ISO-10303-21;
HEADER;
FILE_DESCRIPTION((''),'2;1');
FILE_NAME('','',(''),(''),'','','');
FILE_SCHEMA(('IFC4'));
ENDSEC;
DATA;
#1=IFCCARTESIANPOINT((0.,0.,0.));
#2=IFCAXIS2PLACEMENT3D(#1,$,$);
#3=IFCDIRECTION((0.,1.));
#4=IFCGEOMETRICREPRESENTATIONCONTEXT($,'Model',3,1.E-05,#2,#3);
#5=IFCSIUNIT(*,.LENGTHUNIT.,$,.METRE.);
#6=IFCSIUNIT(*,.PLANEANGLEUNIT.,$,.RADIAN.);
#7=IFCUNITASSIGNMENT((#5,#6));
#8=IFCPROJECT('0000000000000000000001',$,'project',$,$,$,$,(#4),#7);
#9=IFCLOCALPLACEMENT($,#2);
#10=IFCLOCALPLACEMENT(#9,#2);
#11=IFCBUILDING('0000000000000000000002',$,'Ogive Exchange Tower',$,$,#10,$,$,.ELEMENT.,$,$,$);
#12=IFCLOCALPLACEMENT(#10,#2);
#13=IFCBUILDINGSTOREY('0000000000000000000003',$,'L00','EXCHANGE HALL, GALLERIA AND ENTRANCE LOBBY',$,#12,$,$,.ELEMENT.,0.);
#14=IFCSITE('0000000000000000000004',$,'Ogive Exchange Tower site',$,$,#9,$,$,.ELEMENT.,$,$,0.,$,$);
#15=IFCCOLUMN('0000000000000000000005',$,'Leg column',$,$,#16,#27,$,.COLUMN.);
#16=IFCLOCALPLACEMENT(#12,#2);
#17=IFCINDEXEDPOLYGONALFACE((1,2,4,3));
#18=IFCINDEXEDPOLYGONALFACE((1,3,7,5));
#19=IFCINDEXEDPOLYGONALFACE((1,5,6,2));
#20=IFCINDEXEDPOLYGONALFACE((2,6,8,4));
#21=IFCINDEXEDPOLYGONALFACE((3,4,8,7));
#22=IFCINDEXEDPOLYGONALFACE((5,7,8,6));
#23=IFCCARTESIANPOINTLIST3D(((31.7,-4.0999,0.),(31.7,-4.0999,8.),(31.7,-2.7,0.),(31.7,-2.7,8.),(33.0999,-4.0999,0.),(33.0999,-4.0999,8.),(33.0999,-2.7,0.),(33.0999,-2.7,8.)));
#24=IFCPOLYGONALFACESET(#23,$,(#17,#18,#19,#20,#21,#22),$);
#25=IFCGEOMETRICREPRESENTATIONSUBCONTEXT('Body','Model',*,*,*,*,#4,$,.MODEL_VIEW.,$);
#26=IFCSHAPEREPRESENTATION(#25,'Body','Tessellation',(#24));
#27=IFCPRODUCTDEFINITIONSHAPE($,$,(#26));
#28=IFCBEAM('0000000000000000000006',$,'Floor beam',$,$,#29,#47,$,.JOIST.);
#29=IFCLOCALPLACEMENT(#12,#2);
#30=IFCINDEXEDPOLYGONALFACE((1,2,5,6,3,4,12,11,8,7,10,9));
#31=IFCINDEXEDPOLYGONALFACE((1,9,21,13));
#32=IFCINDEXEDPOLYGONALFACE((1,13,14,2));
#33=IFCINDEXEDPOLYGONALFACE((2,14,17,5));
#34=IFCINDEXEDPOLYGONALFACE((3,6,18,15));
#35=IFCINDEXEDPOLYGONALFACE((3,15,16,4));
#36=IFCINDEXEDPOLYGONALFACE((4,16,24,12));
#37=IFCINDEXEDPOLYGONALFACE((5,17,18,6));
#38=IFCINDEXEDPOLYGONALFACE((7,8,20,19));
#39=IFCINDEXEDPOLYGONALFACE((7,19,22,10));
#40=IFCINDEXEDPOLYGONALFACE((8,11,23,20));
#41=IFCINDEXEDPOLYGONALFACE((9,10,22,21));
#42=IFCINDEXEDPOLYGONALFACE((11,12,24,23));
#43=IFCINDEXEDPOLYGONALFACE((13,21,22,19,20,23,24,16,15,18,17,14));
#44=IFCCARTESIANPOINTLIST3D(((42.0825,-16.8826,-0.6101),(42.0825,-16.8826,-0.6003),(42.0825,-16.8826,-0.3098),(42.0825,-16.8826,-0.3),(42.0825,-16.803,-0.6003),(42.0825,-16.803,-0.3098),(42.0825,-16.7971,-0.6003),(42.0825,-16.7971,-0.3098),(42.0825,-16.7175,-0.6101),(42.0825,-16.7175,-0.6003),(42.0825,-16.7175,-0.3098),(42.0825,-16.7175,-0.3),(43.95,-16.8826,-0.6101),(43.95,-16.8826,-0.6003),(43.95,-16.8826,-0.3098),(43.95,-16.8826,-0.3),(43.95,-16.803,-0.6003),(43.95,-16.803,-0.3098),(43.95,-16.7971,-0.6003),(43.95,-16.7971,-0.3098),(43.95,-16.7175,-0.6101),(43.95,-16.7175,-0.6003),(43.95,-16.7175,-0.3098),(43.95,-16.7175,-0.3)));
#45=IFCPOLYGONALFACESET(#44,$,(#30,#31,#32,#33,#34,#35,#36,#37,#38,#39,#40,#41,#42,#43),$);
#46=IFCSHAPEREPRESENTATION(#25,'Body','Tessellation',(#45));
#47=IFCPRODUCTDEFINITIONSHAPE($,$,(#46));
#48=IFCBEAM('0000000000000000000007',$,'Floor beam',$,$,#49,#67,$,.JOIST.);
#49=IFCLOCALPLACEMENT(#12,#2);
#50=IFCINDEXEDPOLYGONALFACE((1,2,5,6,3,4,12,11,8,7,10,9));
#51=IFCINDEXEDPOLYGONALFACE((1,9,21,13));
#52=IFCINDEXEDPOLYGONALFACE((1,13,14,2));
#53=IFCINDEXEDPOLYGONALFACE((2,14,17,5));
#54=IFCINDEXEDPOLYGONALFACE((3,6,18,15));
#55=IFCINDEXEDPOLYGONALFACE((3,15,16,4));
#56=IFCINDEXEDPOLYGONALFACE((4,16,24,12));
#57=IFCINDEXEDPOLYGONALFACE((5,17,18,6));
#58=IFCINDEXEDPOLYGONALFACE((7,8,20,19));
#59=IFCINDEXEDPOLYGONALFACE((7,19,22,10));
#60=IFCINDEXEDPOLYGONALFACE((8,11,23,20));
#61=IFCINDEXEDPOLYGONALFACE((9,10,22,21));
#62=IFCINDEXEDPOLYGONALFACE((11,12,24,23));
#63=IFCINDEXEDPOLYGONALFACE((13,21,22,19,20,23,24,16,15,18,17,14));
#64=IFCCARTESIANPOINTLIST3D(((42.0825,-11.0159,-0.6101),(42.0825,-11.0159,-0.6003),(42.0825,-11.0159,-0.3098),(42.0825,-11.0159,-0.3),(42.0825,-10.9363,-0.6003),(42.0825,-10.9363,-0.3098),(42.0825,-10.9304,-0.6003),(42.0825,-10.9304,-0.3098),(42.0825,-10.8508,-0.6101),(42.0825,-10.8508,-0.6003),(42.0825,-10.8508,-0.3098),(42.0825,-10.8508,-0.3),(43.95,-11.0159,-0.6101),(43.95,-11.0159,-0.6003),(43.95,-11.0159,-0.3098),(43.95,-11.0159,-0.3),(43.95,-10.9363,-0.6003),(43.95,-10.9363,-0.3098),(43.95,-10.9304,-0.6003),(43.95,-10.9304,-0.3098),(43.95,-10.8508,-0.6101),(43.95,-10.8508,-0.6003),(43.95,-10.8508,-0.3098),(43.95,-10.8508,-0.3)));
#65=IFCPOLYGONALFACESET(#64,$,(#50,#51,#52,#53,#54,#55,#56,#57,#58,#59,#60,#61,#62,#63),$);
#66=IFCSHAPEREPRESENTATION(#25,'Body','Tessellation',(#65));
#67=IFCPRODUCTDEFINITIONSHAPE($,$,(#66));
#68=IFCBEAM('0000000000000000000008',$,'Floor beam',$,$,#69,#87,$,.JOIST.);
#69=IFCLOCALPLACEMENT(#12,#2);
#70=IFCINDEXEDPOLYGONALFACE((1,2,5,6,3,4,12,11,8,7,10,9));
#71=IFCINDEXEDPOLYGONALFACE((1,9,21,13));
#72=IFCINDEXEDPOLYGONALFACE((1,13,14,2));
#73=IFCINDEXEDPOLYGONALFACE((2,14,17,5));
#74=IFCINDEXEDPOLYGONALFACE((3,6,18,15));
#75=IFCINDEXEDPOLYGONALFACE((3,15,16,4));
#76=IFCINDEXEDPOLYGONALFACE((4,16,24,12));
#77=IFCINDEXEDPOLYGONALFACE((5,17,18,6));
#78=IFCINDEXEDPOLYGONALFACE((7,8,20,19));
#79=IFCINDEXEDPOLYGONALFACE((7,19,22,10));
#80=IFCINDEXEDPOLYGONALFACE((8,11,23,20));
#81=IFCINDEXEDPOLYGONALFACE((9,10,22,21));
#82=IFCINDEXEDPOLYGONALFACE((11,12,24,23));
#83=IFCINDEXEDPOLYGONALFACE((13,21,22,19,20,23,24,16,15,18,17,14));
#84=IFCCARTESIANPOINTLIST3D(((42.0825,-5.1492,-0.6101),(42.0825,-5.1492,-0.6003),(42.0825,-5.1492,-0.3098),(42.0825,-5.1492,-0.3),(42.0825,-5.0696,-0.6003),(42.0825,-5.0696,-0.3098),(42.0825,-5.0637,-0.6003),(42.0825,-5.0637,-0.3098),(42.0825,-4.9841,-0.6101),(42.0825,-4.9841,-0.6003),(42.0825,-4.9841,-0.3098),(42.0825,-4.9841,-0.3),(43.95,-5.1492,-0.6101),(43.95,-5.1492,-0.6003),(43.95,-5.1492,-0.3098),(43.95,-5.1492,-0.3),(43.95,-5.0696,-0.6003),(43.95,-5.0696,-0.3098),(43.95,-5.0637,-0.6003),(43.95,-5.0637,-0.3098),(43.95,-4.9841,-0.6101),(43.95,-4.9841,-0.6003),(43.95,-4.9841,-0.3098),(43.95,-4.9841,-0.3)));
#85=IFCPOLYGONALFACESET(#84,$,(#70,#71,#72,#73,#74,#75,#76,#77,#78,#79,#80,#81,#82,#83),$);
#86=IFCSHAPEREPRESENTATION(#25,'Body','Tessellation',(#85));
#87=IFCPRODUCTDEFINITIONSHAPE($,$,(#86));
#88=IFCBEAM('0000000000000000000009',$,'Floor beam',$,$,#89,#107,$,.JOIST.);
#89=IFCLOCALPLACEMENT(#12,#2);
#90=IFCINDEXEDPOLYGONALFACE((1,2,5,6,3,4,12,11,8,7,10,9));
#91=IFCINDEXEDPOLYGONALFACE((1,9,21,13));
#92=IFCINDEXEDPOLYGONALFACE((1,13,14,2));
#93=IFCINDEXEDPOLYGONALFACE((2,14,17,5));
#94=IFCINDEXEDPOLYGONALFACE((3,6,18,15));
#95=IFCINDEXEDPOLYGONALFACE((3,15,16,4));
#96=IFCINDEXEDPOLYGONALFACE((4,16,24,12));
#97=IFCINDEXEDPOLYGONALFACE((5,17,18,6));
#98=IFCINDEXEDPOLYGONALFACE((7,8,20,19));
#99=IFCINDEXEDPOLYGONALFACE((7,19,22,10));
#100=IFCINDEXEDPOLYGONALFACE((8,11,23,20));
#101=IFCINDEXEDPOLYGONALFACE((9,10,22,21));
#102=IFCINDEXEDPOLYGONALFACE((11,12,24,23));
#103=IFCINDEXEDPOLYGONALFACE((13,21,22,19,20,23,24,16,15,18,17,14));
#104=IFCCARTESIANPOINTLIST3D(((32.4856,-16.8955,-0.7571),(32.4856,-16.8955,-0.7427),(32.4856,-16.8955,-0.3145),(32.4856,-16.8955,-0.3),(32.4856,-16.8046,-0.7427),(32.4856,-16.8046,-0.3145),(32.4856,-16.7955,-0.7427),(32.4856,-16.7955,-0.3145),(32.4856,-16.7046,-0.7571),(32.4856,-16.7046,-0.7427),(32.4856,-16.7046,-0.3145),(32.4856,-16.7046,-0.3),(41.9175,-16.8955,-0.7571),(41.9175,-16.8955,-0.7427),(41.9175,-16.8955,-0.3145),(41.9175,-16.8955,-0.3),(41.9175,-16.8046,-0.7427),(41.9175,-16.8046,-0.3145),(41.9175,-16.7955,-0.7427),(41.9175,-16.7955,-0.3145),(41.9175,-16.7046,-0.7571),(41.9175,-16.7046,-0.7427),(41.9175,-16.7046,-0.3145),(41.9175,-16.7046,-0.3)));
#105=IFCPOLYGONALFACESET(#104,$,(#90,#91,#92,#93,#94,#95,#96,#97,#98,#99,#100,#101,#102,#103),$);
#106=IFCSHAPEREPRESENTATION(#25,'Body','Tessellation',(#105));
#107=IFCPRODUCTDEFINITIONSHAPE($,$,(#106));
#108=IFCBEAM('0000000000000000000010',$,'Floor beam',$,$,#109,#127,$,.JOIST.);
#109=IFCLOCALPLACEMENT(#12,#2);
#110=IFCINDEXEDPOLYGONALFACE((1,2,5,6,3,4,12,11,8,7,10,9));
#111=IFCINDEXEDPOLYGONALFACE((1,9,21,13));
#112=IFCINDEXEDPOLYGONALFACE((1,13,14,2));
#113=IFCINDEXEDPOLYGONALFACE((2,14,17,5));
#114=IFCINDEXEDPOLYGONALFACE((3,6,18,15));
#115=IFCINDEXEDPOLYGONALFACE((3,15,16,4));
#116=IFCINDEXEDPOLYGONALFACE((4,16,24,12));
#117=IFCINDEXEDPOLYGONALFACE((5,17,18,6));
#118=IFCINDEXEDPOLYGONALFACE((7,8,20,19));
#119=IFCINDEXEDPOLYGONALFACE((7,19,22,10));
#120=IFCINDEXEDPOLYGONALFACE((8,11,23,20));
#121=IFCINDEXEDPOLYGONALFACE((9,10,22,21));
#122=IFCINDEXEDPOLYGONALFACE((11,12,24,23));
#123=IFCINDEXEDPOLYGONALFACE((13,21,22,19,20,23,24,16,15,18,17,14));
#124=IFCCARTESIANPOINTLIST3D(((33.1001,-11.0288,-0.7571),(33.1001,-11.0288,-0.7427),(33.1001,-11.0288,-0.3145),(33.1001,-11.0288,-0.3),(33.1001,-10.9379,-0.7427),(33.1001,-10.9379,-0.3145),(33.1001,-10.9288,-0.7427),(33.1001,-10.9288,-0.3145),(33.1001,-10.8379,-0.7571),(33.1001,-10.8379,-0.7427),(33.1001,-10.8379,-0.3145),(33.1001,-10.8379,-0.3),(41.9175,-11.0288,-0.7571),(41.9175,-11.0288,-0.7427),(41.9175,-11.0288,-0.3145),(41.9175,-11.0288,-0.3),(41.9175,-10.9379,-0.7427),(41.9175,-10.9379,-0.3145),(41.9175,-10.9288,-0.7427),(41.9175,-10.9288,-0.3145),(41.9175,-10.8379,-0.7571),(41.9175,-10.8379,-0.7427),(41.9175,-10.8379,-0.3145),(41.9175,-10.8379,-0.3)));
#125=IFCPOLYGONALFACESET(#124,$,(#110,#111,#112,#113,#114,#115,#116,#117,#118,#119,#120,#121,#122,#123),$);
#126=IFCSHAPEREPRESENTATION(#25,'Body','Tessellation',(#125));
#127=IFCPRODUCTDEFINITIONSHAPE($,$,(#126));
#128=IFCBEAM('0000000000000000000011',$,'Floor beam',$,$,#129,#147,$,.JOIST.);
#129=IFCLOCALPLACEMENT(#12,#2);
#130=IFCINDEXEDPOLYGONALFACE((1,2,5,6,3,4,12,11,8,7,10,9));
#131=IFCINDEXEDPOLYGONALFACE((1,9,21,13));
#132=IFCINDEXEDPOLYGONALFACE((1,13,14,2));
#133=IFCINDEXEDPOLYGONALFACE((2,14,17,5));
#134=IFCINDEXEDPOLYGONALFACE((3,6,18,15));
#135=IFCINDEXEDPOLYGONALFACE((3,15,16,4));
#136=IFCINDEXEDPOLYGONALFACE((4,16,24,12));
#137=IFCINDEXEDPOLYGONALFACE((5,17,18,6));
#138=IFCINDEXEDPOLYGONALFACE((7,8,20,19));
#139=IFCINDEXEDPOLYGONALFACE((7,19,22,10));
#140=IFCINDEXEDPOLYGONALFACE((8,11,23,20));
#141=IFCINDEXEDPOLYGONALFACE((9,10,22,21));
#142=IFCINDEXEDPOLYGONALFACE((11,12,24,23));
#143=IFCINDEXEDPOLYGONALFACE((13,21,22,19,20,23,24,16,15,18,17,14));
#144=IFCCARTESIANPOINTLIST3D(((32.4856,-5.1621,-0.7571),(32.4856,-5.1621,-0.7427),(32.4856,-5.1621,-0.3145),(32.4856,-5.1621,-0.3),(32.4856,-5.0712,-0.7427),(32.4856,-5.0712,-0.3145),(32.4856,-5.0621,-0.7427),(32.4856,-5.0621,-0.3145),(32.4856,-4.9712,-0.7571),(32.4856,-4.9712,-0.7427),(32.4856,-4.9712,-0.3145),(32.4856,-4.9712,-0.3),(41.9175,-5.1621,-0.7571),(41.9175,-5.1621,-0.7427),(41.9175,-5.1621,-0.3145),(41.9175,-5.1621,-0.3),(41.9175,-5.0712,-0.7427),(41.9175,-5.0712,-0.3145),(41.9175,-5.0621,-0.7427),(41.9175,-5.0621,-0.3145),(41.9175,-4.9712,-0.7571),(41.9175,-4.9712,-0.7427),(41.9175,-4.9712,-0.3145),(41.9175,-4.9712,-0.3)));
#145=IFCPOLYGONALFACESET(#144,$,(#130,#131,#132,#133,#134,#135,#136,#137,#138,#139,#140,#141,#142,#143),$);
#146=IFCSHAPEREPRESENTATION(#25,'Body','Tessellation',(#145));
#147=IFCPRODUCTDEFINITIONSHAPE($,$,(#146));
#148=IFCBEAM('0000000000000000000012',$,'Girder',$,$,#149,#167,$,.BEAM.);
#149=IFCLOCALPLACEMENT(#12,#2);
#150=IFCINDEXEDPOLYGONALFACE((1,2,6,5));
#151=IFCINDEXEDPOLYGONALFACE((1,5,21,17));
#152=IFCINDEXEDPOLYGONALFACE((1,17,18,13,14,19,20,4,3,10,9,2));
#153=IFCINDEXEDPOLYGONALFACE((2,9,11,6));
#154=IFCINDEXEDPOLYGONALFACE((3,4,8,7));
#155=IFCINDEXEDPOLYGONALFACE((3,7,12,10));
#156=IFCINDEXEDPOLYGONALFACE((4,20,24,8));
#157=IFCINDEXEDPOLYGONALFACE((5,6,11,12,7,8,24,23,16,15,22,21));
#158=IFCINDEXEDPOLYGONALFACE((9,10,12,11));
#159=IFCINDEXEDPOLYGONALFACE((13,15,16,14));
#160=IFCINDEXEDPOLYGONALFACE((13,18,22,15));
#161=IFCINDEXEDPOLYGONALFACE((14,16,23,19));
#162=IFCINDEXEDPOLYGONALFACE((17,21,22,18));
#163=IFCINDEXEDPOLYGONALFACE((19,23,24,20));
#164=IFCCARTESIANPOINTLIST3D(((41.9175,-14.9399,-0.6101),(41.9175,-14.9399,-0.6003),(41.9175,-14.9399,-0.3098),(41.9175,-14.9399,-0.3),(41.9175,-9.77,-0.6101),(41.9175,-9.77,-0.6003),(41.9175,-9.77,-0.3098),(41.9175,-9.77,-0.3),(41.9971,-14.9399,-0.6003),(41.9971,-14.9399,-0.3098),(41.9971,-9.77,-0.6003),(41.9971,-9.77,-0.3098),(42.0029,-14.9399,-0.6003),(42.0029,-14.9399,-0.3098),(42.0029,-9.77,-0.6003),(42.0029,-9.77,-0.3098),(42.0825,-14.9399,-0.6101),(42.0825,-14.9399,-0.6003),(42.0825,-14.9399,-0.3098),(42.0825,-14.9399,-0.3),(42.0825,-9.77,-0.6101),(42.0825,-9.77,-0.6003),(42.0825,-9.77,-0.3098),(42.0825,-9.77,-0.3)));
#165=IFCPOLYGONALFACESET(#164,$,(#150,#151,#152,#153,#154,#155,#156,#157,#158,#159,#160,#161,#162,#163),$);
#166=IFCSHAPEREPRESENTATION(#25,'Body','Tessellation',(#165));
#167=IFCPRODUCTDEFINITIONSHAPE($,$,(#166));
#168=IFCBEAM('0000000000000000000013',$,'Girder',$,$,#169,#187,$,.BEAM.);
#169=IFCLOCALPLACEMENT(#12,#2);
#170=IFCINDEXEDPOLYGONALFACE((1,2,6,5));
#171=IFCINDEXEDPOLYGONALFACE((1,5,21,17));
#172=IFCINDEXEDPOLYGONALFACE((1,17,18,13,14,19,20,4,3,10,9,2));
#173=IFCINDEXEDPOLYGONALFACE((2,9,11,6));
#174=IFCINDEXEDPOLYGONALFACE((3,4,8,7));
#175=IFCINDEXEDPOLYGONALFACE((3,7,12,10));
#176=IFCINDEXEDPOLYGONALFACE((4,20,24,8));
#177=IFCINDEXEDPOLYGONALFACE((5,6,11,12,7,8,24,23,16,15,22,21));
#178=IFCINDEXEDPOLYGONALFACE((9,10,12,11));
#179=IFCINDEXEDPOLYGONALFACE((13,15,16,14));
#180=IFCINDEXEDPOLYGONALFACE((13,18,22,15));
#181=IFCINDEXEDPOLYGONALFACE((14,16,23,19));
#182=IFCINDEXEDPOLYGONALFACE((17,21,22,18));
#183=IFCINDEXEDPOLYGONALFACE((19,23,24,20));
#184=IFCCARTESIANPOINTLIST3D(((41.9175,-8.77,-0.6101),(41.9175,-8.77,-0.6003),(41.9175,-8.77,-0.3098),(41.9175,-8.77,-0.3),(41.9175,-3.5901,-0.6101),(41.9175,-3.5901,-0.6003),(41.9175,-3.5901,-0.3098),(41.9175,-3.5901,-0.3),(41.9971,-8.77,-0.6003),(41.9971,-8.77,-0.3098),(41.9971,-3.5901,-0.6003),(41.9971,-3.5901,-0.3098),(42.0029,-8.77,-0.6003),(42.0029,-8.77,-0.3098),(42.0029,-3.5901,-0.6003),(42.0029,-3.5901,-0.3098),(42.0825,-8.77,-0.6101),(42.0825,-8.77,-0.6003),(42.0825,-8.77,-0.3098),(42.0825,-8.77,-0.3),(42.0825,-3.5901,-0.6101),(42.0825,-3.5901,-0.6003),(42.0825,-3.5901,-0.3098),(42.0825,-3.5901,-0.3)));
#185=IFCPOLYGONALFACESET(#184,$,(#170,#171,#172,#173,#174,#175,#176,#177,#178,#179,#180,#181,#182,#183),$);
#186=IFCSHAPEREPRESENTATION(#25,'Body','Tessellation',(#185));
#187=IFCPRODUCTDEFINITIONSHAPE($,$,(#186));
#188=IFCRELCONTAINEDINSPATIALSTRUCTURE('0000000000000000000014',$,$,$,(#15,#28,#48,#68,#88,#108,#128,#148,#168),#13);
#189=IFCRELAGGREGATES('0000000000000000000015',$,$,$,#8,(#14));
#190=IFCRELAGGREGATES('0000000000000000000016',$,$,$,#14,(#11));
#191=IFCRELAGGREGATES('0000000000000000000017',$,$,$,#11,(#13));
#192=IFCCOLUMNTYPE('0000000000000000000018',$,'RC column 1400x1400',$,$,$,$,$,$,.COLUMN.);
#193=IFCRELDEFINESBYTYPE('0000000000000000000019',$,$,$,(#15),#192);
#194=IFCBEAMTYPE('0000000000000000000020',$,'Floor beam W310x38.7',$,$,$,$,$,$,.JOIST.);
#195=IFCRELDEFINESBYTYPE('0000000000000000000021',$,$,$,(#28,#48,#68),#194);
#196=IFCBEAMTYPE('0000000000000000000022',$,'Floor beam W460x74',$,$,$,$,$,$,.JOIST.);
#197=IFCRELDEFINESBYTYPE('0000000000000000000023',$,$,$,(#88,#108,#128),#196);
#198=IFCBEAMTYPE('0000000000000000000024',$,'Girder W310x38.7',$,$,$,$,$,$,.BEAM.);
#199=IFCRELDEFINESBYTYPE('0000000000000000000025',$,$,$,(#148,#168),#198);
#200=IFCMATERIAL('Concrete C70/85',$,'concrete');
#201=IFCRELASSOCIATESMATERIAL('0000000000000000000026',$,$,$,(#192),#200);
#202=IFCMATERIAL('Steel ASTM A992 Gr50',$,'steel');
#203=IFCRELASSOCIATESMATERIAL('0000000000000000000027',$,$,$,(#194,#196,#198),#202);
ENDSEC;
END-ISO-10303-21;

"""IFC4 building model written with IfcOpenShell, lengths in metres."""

from ifc_helpers import new_model, si_unit, direction, frame, origin, origin_2d, place, context, subcontext, project, spatial, rectangle, i_section, extrude, material, material_profile, profile_set, type_object, element, save


model = new_model("IFC4")

# Units and contexts
model_context = context("Model", 3, precision=1e-05, world=origin(), true_north=direction((0.0, 1.0)))
body_context = subcontext(model_context, "Body", "Model", "MODEL_VIEW")
ifc_project = project(units=[si_unit("LENGTHUNIT", "METRE"), si_unit("PLANEANGLEUNIT", "RADIAN")], contexts=[model_context])

# Site, building, storey
site_placement = place(None, origin())
site = spatial("IfcSite", under=ifc_project, at=site_placement, Name="Ogive Exchange Tower site", CompositionType="ELEMENT", RefElevation=0.0)
building_placement = place(site_placement, origin())
building = spatial("IfcBuilding", under=site, at=building_placement, Name="Ogive Exchange Tower", CompositionType="ELEMENT")
storey_placement = place(building_placement, origin())
storey = spatial("IfcBuildingStorey", under=building, at=storey_placement, Name="L00", Description="EXCHANGE HALL, GALLERIA AND ENTRANCE LOBBY", CompositionType="ELEMENT", Elevation=0.0)

# Column
ifc_material_1 = material(Name="Concrete C70/85", Category="concrete")
ifc_material_profile_1 = material_profile(ifc_material_1, rectangle(XDim=1.3999, YDim=1.3999, at=origin_2d()), Name="RC 1400x1400")
ifc_profile_set_1 = profile_set([ifc_material_profile_1], Name="Concrete C70/85")
column_type_1 = type_object("IfcColumnType", Name="RC column 1400x1400", PredefinedType="COLUMN", material=ifc_profile_set_1)
for number, where, z_axis, x_axis, name in (
    (1, (32.3999, -3.3999, 0.0), (0.0, 0.0, 1.0), (1.0, 0.0, 0.0), "Leg column"),
):
    element("IfcColumn", number, at=place(storey_placement, frame(where, z_axis=z_axis, x_axis=x_axis)), inside=storey, type_object=column_type_1, Name=name, PredefinedType="COLUMN", context=body_context, shape_type="SweptSolid", body=[
        extrude(rectangle(XDim=1.3999, YDim=1.3999, at=origin_2d()), origin(), (0.0, 0.0, 1.0), 8.0),
    ])

# Beams
ifc_material_2 = material(Name="Steel ASTM A992 Gr50", Category="steel")
ifc_material_profile_2 = material_profile(ifc_material_2, i_section(OverallWidth=0.165, OverallDepth=0.3101, WebThickness=0.0059, FlangeThickness=0.0098, at=origin_2d()), Name="W310x38.7")
ifc_profile_set_2 = profile_set([ifc_material_profile_2], Name="Steel ASTM A992 Gr50")
beam_type_1 = type_object("IfcBeamType", Name="Floor beam W310x38.7", PredefinedType="JOIST", material=ifc_profile_set_2)
for number, where, z_axis, x_axis, name in (
    (2, (42.0825, -16.8, -0.4551), (1.0, 0.0, 0.0), (0.0, 1.0, 0.0), "Floor beam"),
    (3, (42.0825, -10.9333, -0.4551), (1.0, 0.0, 0.0), (0.0, 1.0, 0.0), "Floor beam"),
    (4, (42.0825, -5.0667, -0.4551), (1.0, 0.0, 0.0), (0.0, 1.0, 0.0), "Floor beam"),
):
    element("IfcBeam", number, at=place(storey_placement, frame(where, z_axis=z_axis, x_axis=x_axis)), inside=storey, type_object=beam_type_1, Name=name, PredefinedType="JOIST", context=body_context, shape_type="SweptSolid", body=[
        extrude(i_section(OverallWidth=0.165, OverallDepth=0.3101, WebThickness=0.0059, FlangeThickness=0.0098, at=origin_2d()), origin(), (0.0, 0.0, 1.0), 1.8674),
    ])
ifc_material_profile_3 = material_profile(ifc_material_2, i_section(OverallWidth=0.1909, OverallDepth=0.457, WebThickness=0.009, FlangeThickness=0.0144, at=origin_2d()), Name="W460x74")
ifc_profile_set_3 = profile_set([ifc_material_profile_3], Name="Steel ASTM A992 Gr50")
beam_type_2 = type_object("IfcBeamType", Name="Floor beam W460x74", PredefinedType="JOIST", material=ifc_profile_set_3)
beam_1_placement = place(storey_placement, frame((32.4856, -16.8, -0.5286), z_axis=(1.0, 0.0, 0.0), x_axis=(0.0, 1.0, 0.0)))
element("IfcBeam", 5, at=beam_1_placement, inside=storey, type_object=beam_type_2, Name="Floor beam", PredefinedType="JOIST", context=body_context, shape_type="SweptSolid", body=[
    extrude(i_section(OverallWidth=0.1909, OverallDepth=0.457, WebThickness=0.009, FlangeThickness=0.0144, at=origin_2d()), origin(), (0.0, 0.0, 1.0), 9.4319),
])
beam_2_placement = place(storey_placement, frame((33.1001, -10.9333, -0.5286), z_axis=(1.0, 0.0, 0.0), x_axis=(0.0, 1.0, 0.0)))
element("IfcBeam", 6, at=beam_2_placement, inside=storey, type_object=beam_type_2, Name="Floor beam", PredefinedType="JOIST", context=body_context, shape_type="SweptSolid", body=[
    extrude(i_section(OverallWidth=0.1909, OverallDepth=0.457, WebThickness=0.009, FlangeThickness=0.0144, at=origin_2d()), origin(), (0.0, 0.0, 1.0), 8.8174),
])
beam_3_placement = place(storey_placement, frame((32.4856, -5.0667, -0.5286), z_axis=(1.0, 0.0, 0.0), x_axis=(0.0, 1.0, 0.0)))
element("IfcBeam", 7, at=beam_3_placement, inside=storey, type_object=beam_type_2, Name="Floor beam", PredefinedType="JOIST", context=body_context, shape_type="SweptSolid", body=[
    extrude(i_section(OverallWidth=0.1909, OverallDepth=0.457, WebThickness=0.009, FlangeThickness=0.0144, at=origin_2d()), origin(), (0.0, 0.0, 1.0), 9.4319),
])
ifc_material_profile_4 = material_profile(ifc_material_2, i_section(OverallWidth=0.165, OverallDepth=0.3101, WebThickness=0.0059, FlangeThickness=0.0098, at=origin_2d()), Name="W310x38.7")
ifc_profile_set_4 = profile_set([ifc_material_profile_4], Name="Steel ASTM A992 Gr50")
beam_type_3 = type_object("IfcBeamType", Name="Girder W310x38.7", PredefinedType="BEAM", material=ifc_profile_set_4)
beam_4_placement = place(storey_placement, frame((42.0, -14.9399, -0.4551), z_axis=(0.0, 1.0, 0.0), x_axis=(-1.0, 0.0, 0.0)))
element("IfcBeam", 8, at=beam_4_placement, inside=storey, type_object=beam_type_3, Name="Girder", PredefinedType="BEAM", context=body_context, shape_type="SweptSolid", body=[
    extrude(i_section(OverallWidth=0.165, OverallDepth=0.3101, WebThickness=0.0059, FlangeThickness=0.0098, at=origin_2d()), origin(), (0.0, 0.0, 1.0), 5.1699),
])
beam_5_placement = place(storey_placement, frame((42.0, -8.77, -0.4551), z_axis=(0.0, 1.0, 0.0), x_axis=(-1.0, 0.0, 0.0)))
element("IfcBeam", 9, at=beam_5_placement, inside=storey, type_object=beam_type_3, Name="Girder", PredefinedType="BEAM", context=body_context, shape_type="SweptSolid", body=[
    extrude(i_section(OverallWidth=0.165, OverallDepth=0.3101, WebThickness=0.0059, FlangeThickness=0.0098, at=origin_2d()), origin(), (0.0, 0.0, 1.0), 5.1799),
])

save(model, "model.ifc")
